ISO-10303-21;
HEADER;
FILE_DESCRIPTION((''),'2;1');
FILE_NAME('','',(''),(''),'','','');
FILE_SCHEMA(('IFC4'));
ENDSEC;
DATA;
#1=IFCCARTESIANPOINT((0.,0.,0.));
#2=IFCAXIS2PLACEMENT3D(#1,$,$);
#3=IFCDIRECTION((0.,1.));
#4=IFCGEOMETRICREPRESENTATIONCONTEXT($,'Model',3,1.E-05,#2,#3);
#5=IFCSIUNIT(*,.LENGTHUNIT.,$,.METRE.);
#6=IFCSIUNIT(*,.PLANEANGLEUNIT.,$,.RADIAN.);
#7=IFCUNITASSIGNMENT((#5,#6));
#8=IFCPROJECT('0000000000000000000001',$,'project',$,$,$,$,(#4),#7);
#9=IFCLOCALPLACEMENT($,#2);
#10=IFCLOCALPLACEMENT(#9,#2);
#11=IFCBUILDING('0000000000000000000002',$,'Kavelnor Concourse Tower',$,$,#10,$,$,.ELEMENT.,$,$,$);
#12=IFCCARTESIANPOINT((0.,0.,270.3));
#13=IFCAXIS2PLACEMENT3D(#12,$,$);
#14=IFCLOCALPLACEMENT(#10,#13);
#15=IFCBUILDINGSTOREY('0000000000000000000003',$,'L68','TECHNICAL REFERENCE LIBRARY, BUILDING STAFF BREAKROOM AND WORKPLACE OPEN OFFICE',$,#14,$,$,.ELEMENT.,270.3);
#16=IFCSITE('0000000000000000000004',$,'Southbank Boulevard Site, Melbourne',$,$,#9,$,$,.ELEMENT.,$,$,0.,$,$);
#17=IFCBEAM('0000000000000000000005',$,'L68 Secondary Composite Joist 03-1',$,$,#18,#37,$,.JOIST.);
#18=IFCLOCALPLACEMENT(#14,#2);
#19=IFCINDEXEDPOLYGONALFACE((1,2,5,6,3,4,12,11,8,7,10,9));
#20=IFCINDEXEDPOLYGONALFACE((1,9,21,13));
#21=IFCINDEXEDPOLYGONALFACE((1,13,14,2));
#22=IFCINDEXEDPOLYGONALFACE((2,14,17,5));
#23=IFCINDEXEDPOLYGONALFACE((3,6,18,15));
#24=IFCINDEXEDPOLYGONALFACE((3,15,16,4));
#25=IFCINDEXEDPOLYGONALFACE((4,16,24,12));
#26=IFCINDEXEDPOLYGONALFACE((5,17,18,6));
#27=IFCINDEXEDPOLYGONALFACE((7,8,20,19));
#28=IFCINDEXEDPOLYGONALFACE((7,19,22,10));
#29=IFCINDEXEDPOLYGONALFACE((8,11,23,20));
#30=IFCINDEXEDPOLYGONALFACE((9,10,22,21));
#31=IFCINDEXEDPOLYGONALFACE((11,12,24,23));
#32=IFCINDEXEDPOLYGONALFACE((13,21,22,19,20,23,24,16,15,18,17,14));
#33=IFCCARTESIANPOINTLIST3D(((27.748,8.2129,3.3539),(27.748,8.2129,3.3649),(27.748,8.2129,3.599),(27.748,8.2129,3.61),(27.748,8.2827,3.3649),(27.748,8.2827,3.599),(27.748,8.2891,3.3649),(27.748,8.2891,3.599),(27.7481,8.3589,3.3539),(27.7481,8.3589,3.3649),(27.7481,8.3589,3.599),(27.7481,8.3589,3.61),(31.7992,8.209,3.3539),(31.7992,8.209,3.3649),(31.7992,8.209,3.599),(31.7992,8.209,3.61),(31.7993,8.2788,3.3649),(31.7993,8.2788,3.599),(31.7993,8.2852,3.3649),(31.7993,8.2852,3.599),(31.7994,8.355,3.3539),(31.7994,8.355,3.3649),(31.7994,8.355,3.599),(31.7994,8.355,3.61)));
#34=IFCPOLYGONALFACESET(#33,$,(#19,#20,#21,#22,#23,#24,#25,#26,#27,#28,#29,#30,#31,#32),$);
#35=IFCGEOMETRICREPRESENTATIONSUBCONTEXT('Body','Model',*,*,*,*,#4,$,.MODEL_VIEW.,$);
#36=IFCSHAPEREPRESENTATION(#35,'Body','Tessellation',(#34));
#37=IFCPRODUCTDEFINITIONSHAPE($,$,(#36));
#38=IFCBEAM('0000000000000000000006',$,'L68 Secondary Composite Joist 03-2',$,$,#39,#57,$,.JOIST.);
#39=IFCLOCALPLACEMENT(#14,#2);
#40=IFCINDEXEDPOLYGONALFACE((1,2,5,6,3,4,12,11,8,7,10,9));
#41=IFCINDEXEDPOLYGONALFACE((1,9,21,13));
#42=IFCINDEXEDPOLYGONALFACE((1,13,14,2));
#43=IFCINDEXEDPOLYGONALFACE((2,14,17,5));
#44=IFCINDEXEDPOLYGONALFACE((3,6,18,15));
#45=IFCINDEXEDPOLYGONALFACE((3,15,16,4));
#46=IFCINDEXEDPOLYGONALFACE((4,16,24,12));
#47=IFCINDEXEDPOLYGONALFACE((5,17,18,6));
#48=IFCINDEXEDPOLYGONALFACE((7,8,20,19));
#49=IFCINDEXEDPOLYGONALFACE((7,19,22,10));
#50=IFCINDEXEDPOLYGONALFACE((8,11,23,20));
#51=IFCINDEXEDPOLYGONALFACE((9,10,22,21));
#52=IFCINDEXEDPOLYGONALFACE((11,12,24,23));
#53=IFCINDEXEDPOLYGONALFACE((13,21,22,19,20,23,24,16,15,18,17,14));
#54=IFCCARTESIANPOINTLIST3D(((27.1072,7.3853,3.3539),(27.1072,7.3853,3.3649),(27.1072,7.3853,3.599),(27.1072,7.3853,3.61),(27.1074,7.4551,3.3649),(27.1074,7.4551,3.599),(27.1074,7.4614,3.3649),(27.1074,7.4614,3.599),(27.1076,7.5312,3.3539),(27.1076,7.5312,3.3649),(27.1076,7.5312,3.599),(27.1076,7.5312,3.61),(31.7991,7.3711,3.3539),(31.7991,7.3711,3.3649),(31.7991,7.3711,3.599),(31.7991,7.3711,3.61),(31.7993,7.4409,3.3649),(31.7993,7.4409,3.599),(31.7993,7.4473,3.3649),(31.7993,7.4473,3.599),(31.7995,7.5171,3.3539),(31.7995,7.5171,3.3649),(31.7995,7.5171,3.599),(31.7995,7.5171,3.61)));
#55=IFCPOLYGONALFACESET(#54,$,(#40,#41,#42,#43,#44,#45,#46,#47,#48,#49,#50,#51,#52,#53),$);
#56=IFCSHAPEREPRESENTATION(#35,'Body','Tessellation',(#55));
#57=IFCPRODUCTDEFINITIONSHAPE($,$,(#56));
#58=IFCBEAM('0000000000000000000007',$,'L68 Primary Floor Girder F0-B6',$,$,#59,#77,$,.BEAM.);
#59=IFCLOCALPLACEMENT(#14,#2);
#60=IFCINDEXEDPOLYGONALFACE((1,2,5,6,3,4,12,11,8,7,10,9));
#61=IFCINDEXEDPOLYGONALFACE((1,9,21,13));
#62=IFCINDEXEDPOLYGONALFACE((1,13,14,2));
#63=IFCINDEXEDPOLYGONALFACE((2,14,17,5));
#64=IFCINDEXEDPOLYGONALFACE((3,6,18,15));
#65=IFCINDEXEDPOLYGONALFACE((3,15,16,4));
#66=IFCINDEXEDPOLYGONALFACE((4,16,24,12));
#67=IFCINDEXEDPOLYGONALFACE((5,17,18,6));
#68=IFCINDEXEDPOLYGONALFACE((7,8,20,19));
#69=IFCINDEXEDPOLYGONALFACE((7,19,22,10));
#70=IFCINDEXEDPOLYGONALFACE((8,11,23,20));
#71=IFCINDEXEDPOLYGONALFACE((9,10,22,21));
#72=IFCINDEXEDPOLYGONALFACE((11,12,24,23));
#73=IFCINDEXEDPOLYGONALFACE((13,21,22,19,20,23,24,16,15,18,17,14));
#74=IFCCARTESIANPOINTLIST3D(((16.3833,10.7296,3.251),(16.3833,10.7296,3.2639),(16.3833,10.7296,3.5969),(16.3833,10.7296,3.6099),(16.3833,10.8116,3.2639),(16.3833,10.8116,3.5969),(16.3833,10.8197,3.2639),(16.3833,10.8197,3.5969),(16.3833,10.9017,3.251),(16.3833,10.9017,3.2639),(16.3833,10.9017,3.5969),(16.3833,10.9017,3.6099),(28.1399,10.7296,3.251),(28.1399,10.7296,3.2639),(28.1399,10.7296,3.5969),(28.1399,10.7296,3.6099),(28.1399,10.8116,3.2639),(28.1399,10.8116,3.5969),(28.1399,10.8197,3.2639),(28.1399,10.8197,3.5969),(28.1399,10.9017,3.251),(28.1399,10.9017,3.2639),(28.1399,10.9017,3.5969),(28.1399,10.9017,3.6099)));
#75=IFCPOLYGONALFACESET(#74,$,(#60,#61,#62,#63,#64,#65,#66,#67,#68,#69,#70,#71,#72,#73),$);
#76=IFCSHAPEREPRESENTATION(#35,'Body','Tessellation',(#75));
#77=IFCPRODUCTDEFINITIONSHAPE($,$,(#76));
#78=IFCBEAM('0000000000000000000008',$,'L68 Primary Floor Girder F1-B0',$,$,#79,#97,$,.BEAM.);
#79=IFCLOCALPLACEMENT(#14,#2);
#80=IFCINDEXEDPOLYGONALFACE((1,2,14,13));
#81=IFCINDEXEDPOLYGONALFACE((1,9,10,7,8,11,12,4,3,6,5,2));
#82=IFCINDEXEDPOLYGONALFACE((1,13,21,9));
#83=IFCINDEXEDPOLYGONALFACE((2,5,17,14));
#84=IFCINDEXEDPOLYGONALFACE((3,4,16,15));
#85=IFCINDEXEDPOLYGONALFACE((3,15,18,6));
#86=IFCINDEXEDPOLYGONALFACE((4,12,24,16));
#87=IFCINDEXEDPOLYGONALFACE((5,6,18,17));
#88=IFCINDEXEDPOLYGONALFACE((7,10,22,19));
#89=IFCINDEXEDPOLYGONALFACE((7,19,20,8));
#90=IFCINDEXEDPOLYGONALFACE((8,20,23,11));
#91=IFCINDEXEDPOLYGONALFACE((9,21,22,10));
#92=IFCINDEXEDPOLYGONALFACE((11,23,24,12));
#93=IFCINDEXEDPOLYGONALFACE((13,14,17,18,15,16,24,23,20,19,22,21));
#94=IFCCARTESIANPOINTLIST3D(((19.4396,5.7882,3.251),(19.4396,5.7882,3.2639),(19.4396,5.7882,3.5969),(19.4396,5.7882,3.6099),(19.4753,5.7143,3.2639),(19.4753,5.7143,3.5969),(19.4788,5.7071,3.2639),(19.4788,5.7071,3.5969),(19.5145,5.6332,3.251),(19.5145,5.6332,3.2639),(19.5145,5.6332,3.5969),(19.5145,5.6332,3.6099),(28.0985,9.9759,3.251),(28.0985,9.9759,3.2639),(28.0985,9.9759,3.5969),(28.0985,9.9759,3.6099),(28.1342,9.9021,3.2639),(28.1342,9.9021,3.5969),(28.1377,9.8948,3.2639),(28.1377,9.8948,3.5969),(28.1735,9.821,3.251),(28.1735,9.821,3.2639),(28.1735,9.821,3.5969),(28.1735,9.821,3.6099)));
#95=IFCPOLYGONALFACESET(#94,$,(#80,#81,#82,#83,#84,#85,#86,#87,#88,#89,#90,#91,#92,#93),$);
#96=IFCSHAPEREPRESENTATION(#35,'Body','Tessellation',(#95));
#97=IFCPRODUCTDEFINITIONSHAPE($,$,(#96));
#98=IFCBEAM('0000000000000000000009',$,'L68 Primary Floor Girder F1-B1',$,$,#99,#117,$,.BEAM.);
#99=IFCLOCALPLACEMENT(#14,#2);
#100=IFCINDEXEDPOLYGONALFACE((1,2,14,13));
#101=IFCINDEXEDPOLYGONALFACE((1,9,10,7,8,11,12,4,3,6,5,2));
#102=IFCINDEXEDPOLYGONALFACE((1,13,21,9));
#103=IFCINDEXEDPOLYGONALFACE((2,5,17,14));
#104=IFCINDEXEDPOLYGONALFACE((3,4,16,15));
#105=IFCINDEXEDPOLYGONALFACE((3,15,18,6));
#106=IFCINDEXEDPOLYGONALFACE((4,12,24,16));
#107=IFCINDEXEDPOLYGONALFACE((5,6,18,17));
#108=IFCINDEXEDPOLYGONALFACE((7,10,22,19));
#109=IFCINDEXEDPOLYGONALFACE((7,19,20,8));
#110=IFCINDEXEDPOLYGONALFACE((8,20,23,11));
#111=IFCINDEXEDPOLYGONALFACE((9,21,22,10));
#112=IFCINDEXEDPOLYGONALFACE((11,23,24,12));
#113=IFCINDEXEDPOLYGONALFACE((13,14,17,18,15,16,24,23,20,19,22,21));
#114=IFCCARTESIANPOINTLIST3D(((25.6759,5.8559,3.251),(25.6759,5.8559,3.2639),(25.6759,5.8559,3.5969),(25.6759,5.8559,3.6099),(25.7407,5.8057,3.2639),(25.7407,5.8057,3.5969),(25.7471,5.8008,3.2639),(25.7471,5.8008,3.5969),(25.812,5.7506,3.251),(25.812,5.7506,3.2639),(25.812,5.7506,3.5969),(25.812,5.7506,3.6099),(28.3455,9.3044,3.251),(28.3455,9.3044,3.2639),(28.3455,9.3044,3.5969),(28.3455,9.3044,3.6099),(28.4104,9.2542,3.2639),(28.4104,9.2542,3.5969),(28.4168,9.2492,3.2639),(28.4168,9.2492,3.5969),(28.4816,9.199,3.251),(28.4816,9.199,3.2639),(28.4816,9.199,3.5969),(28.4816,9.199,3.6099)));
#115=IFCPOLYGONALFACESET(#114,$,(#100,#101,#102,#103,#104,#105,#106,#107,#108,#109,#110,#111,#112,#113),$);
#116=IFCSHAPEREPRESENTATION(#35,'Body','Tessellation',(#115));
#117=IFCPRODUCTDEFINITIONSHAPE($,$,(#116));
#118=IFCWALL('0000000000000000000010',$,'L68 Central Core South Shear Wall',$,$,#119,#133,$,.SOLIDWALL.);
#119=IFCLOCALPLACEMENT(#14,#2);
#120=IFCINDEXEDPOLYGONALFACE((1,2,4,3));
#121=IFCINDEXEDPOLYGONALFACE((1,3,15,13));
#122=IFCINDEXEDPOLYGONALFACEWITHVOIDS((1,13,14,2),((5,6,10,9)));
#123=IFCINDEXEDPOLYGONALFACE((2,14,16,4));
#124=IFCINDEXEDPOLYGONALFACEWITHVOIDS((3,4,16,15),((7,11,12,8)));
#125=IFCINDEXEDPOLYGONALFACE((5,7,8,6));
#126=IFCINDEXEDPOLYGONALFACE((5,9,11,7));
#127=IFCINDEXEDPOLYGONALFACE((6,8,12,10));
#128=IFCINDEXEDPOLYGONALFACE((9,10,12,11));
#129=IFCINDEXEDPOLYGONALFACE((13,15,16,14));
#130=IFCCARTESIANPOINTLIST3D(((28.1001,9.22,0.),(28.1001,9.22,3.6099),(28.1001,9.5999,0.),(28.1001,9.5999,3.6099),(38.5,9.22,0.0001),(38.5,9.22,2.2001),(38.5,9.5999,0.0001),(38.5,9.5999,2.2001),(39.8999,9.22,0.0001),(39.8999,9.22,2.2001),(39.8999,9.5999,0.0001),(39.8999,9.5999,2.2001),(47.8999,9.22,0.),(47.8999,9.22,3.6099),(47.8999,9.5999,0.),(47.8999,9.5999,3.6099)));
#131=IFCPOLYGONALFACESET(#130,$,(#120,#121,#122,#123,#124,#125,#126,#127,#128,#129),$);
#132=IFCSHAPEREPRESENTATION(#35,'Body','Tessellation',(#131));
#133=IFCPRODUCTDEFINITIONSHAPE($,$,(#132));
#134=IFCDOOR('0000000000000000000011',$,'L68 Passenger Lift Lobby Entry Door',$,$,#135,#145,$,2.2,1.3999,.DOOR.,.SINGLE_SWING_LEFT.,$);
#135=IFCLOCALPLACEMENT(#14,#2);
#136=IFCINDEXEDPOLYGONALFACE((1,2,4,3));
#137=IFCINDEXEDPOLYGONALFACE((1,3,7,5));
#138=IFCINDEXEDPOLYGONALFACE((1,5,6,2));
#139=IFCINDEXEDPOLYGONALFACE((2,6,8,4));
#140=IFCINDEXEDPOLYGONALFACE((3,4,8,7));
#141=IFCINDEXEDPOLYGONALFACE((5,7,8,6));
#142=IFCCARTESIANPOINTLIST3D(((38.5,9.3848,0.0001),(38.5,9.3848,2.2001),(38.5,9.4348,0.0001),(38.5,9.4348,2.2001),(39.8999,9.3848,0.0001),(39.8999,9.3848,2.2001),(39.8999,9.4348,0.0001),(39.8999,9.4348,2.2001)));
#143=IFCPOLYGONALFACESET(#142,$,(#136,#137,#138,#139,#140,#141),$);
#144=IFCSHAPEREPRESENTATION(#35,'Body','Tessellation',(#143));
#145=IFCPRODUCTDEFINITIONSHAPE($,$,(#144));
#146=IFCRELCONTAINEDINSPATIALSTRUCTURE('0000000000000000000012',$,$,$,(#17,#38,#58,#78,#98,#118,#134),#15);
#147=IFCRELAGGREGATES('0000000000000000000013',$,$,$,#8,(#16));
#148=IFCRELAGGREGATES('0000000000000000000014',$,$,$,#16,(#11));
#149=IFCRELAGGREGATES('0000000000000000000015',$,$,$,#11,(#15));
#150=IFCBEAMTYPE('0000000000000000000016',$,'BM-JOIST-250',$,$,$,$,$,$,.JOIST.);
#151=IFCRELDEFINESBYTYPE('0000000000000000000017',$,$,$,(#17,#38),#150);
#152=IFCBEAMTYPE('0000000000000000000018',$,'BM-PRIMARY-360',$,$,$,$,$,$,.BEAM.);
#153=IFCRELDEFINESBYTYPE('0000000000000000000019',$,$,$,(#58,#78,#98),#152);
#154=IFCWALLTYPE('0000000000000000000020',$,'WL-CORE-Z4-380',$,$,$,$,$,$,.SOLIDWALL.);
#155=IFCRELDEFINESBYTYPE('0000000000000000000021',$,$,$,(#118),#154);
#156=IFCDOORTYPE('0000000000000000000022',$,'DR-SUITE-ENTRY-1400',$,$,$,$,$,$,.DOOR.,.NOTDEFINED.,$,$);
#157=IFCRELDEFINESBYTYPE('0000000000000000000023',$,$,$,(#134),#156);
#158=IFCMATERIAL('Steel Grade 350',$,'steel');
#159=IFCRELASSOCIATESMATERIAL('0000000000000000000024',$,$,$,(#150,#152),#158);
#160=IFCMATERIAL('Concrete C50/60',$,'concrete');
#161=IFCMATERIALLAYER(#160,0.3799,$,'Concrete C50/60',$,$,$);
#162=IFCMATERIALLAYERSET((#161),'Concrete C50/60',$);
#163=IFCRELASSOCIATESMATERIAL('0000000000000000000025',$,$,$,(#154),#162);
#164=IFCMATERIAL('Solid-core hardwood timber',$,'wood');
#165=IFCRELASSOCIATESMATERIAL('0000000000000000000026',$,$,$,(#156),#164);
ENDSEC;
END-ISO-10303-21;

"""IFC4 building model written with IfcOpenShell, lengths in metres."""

from ifc_helpers import new_model, si_unit, direction, frame, frame_2d, origin, origin_2d, place, context, subcontext, project, spatial, rectangle, i_section, extrude, material, layer, layer_set, material_profile, profile_set, type_object, element, fill, save


model = new_model("IFC4")

# Units and contexts
model_context = context("Model", 3, precision=1e-05, world=origin(), true_north=direction((0.0, 1.0)))
body_context = subcontext(model_context, "Body", "Model", "MODEL_VIEW")
ifc_project = project(units=[si_unit("LENGTHUNIT", "METRE"), si_unit("PLANEANGLEUNIT", "RADIAN")], contexts=[model_context])

# Site, building, storey
site_placement = place(None, origin())
site = spatial("IfcSite", under=ifc_project, at=site_placement, Name="Southbank Boulevard Site, Melbourne", CompositionType="ELEMENT", RefElevation=0.0)
building_placement = place(site_placement, origin())
building = spatial("IfcBuilding", under=site, at=building_placement, Name="Kavelnor Concourse Tower", CompositionType="ELEMENT")
storey_placement = place(building_placement, frame((0.0, 0.0, 270.3)))
storey = spatial("IfcBuildingStorey", under=building, at=storey_placement, Name="L68", Description="TECHNICAL REFERENCE LIBRARY, BUILDING STAFF BREAKROOM AND WORKPLACE OPEN OFFICE", CompositionType="ELEMENT", Elevation=270.3)

# Beams
ifc_material_1 = material(Name="Steel Grade 350", Category="steel")
ifc_material_profile_1 = material_profile(ifc_material_1, i_section(OverallWidth=0.146, OverallDepth=0.2561, WebThickness=0.0063, FlangeThickness=0.011, at=origin_2d()), Name="250UB37")
ifc_profile_set_1 = profile_set([ifc_material_profile_1], Name="Steel Grade 350")
beam_type_1 = type_object("IfcBeamType", Name="BM-JOIST-250", PredefinedType="JOIST", material=ifc_profile_set_1)
beam_1_placement = place(storey_placement, frame((27.748, 8.2859, 3.4819), z_axis=(1.0, -0.000964, 0.0), x_axis=(0.000964, 1.0, 0.0)))
element("IfcBeam", 1, at=beam_1_placement, inside=storey, type_object=beam_type_1, Name="L68 Secondary Composite Joist 03-1", PredefinedType="JOIST", context=body_context, shape_type="SweptSolid", body=[
    extrude(i_section(OverallWidth=0.146, OverallDepth=0.2561, WebThickness=0.0063, FlangeThickness=0.011, at=origin_2d()), origin(), (0.0, 0.0, 1.0), 4.0513),
])
beam_2_placement = place(storey_placement, frame((27.1074, 7.4583, 3.4819), z_axis=(0.999995, -0.003018, 0.0), x_axis=(0.003018, 0.999995, 0.0)))
element("IfcBeam", 2, at=beam_2_placement, inside=storey, type_object=beam_type_1, Name="L68 Secondary Composite Joist 03-2", PredefinedType="JOIST", context=body_context, shape_type="SweptSolid", body=[
    extrude(i_section(OverallWidth=0.146, OverallDepth=0.2561, WebThickness=0.0063, FlangeThickness=0.011, at=origin_2d()), origin(), (0.0, 0.0, 1.0), 4.6919),
])
ifc_material_profile_2 = material_profile(ifc_material_1, i_section(OverallWidth=0.1721, OverallDepth=0.3589, WebThickness=0.0081, FlangeThickness=0.0129, at=origin_2d()), Name="360UB56")
ifc_profile_set_2 = profile_set([ifc_material_profile_2], Name="Steel Grade 350")
beam_type_2 = type_object("IfcBeamType", Name="BM-PRIMARY-360", PredefinedType="BEAM", material=ifc_profile_set_2)
beam_3_placement = place(storey_placement, frame((28.1399, 10.8157, 3.4304), z_axis=(-1.0, 0.0, 0.0), x_axis=(0.0, -1.0, 0.0)))
element("IfcBeam", 3, at=beam_3_placement, inside=storey, type_object=beam_type_2, Name="L68 Primary Floor Girder F0-B6", PredefinedType="BEAM", context=body_context, shape_type="SweptSolid", body=[
    extrude(i_section(OverallWidth=0.1721, OverallDepth=0.3589, WebThickness=0.0081, FlangeThickness=0.0129, at=origin_2d()), origin(), (0.0, 0.0, 1.0), 11.7566),
])
beam_4_placement = place(storey_placement, frame((28.136, 9.8984, 3.4304), z_axis=(-0.900243, -0.435387, 0.0), x_axis=(0.435387, -0.900243, 0.0)))
element("IfcBeam", 4, at=beam_4_placement, inside=storey, type_object=beam_type_2, Name="L68 Primary Floor Girder F1-B0", PredefinedType="BEAM", context=body_context, shape_type="SweptSolid", body=[
    extrude(i_section(OverallWidth=0.1721, OverallDepth=0.3589, WebThickness=0.0081, FlangeThickness=0.0129, at=origin_2d()), origin(), (0.0, 0.0, 1.0), 9.6184),
])
beam_5_placement = place(storey_placement, frame((28.4136, 9.2517, 3.4304), z_axis=(-0.612156, -0.790737, 0.0), x_axis=(0.790737, -0.612156, 0.0)))
element("IfcBeam", 5, at=beam_5_placement, inside=storey, type_object=beam_type_2, Name="L68 Primary Floor Girder F1-B1", PredefinedType="BEAM", context=body_context, shape_type="SweptSolid", body=[
    extrude(i_section(OverallWidth=0.1721, OverallDepth=0.3589, WebThickness=0.0081, FlangeThickness=0.0129, at=origin_2d()), origin(), (0.0, 0.0, 1.0), 4.3611),
])

# Wall, opening, door
ifc_material_2 = material(Name="Concrete C50/60", Category="concrete")
ifc_layer = layer(ifc_material_2, 0.3799, Name="Concrete C50/60")
ifc_layer_set = layer_set([ifc_layer], Name="Concrete C50/60")
wall_type = type_object("IfcWallType", Name="WL-CORE-Z4-380", PredefinedType="SOLIDWALL", material=ifc_layer_set)
wall_1_placement = place(storey_placement, frame((28.1001, 9.4099, 0.0), z_axis=(0.0, 0.0, 1.0), x_axis=(1.0, 0.0, 0.0)))
wall_1 = element("IfcWall", 6, at=wall_1_placement, inside=storey, type_object=wall_type, Name="L68 Central Core South Shear Wall", PredefinedType="SOLIDWALL", context=body_context, shape_type="SweptSolid", body=[
    extrude(rectangle(XDim=19.7998, YDim=0.3799, at=frame_2d((9.8999, 0.0))), origin(), (0.0, 0.0, 1.0), 3.6099),
])
opening_1_placement = place(wall_1_placement, frame((10.3999, 0.0, 0.0)))
opening_1 = element("IfcOpeningElement", 7, at=opening_1_placement, cuts=wall_1, PredefinedType="OPENING", context=body_context, shape_type="SweptSolid", body=[
    extrude(rectangle(XDim=1.3999, YDim=2.2, at=frame_2d((0.7, 1.1001))), frame((0.0, 0.2, 0.0), z_axis=(0.0, -1.0, 0.0), x_axis=(1.0, 0.0, 0.0)), (0.0, 0.0, 1.0), 0.3999),
])
ifc_material_3 = material(Name="Solid-core hardwood timber", Category="wood")
door_type_1 = type_object("IfcDoorType", Name="DR-SUITE-ENTRY-1400", OperationType="NOTDEFINED", PredefinedType="DOOR", material=ifc_material_3)
door_1_placement = place(opening_1_placement, origin())
door_1 = element("IfcDoor", 8, at=door_1_placement, inside=storey, type_object=door_type_1, Name="L68 Passenger Lift Lobby Entry Door", OperationType="SINGLE_SWING_LEFT", OverallHeight=2.2, OverallWidth=1.3999, PredefinedType="DOOR", context=body_context, shape_type="SweptSolid", body=[
    extrude(rectangle(XDim=1.3999, YDim=2.2, at=frame_2d((0.7, 1.1001))), frame((0.0, 0.0249, 0.0), z_axis=(0.0, -1.0, 0.0), x_axis=(1.0, 0.0, 0.0)), (0.0, 0.0, 1.0), 0.05),
])
fill(opening_1, door_1)

save(model, "model.ifc")
